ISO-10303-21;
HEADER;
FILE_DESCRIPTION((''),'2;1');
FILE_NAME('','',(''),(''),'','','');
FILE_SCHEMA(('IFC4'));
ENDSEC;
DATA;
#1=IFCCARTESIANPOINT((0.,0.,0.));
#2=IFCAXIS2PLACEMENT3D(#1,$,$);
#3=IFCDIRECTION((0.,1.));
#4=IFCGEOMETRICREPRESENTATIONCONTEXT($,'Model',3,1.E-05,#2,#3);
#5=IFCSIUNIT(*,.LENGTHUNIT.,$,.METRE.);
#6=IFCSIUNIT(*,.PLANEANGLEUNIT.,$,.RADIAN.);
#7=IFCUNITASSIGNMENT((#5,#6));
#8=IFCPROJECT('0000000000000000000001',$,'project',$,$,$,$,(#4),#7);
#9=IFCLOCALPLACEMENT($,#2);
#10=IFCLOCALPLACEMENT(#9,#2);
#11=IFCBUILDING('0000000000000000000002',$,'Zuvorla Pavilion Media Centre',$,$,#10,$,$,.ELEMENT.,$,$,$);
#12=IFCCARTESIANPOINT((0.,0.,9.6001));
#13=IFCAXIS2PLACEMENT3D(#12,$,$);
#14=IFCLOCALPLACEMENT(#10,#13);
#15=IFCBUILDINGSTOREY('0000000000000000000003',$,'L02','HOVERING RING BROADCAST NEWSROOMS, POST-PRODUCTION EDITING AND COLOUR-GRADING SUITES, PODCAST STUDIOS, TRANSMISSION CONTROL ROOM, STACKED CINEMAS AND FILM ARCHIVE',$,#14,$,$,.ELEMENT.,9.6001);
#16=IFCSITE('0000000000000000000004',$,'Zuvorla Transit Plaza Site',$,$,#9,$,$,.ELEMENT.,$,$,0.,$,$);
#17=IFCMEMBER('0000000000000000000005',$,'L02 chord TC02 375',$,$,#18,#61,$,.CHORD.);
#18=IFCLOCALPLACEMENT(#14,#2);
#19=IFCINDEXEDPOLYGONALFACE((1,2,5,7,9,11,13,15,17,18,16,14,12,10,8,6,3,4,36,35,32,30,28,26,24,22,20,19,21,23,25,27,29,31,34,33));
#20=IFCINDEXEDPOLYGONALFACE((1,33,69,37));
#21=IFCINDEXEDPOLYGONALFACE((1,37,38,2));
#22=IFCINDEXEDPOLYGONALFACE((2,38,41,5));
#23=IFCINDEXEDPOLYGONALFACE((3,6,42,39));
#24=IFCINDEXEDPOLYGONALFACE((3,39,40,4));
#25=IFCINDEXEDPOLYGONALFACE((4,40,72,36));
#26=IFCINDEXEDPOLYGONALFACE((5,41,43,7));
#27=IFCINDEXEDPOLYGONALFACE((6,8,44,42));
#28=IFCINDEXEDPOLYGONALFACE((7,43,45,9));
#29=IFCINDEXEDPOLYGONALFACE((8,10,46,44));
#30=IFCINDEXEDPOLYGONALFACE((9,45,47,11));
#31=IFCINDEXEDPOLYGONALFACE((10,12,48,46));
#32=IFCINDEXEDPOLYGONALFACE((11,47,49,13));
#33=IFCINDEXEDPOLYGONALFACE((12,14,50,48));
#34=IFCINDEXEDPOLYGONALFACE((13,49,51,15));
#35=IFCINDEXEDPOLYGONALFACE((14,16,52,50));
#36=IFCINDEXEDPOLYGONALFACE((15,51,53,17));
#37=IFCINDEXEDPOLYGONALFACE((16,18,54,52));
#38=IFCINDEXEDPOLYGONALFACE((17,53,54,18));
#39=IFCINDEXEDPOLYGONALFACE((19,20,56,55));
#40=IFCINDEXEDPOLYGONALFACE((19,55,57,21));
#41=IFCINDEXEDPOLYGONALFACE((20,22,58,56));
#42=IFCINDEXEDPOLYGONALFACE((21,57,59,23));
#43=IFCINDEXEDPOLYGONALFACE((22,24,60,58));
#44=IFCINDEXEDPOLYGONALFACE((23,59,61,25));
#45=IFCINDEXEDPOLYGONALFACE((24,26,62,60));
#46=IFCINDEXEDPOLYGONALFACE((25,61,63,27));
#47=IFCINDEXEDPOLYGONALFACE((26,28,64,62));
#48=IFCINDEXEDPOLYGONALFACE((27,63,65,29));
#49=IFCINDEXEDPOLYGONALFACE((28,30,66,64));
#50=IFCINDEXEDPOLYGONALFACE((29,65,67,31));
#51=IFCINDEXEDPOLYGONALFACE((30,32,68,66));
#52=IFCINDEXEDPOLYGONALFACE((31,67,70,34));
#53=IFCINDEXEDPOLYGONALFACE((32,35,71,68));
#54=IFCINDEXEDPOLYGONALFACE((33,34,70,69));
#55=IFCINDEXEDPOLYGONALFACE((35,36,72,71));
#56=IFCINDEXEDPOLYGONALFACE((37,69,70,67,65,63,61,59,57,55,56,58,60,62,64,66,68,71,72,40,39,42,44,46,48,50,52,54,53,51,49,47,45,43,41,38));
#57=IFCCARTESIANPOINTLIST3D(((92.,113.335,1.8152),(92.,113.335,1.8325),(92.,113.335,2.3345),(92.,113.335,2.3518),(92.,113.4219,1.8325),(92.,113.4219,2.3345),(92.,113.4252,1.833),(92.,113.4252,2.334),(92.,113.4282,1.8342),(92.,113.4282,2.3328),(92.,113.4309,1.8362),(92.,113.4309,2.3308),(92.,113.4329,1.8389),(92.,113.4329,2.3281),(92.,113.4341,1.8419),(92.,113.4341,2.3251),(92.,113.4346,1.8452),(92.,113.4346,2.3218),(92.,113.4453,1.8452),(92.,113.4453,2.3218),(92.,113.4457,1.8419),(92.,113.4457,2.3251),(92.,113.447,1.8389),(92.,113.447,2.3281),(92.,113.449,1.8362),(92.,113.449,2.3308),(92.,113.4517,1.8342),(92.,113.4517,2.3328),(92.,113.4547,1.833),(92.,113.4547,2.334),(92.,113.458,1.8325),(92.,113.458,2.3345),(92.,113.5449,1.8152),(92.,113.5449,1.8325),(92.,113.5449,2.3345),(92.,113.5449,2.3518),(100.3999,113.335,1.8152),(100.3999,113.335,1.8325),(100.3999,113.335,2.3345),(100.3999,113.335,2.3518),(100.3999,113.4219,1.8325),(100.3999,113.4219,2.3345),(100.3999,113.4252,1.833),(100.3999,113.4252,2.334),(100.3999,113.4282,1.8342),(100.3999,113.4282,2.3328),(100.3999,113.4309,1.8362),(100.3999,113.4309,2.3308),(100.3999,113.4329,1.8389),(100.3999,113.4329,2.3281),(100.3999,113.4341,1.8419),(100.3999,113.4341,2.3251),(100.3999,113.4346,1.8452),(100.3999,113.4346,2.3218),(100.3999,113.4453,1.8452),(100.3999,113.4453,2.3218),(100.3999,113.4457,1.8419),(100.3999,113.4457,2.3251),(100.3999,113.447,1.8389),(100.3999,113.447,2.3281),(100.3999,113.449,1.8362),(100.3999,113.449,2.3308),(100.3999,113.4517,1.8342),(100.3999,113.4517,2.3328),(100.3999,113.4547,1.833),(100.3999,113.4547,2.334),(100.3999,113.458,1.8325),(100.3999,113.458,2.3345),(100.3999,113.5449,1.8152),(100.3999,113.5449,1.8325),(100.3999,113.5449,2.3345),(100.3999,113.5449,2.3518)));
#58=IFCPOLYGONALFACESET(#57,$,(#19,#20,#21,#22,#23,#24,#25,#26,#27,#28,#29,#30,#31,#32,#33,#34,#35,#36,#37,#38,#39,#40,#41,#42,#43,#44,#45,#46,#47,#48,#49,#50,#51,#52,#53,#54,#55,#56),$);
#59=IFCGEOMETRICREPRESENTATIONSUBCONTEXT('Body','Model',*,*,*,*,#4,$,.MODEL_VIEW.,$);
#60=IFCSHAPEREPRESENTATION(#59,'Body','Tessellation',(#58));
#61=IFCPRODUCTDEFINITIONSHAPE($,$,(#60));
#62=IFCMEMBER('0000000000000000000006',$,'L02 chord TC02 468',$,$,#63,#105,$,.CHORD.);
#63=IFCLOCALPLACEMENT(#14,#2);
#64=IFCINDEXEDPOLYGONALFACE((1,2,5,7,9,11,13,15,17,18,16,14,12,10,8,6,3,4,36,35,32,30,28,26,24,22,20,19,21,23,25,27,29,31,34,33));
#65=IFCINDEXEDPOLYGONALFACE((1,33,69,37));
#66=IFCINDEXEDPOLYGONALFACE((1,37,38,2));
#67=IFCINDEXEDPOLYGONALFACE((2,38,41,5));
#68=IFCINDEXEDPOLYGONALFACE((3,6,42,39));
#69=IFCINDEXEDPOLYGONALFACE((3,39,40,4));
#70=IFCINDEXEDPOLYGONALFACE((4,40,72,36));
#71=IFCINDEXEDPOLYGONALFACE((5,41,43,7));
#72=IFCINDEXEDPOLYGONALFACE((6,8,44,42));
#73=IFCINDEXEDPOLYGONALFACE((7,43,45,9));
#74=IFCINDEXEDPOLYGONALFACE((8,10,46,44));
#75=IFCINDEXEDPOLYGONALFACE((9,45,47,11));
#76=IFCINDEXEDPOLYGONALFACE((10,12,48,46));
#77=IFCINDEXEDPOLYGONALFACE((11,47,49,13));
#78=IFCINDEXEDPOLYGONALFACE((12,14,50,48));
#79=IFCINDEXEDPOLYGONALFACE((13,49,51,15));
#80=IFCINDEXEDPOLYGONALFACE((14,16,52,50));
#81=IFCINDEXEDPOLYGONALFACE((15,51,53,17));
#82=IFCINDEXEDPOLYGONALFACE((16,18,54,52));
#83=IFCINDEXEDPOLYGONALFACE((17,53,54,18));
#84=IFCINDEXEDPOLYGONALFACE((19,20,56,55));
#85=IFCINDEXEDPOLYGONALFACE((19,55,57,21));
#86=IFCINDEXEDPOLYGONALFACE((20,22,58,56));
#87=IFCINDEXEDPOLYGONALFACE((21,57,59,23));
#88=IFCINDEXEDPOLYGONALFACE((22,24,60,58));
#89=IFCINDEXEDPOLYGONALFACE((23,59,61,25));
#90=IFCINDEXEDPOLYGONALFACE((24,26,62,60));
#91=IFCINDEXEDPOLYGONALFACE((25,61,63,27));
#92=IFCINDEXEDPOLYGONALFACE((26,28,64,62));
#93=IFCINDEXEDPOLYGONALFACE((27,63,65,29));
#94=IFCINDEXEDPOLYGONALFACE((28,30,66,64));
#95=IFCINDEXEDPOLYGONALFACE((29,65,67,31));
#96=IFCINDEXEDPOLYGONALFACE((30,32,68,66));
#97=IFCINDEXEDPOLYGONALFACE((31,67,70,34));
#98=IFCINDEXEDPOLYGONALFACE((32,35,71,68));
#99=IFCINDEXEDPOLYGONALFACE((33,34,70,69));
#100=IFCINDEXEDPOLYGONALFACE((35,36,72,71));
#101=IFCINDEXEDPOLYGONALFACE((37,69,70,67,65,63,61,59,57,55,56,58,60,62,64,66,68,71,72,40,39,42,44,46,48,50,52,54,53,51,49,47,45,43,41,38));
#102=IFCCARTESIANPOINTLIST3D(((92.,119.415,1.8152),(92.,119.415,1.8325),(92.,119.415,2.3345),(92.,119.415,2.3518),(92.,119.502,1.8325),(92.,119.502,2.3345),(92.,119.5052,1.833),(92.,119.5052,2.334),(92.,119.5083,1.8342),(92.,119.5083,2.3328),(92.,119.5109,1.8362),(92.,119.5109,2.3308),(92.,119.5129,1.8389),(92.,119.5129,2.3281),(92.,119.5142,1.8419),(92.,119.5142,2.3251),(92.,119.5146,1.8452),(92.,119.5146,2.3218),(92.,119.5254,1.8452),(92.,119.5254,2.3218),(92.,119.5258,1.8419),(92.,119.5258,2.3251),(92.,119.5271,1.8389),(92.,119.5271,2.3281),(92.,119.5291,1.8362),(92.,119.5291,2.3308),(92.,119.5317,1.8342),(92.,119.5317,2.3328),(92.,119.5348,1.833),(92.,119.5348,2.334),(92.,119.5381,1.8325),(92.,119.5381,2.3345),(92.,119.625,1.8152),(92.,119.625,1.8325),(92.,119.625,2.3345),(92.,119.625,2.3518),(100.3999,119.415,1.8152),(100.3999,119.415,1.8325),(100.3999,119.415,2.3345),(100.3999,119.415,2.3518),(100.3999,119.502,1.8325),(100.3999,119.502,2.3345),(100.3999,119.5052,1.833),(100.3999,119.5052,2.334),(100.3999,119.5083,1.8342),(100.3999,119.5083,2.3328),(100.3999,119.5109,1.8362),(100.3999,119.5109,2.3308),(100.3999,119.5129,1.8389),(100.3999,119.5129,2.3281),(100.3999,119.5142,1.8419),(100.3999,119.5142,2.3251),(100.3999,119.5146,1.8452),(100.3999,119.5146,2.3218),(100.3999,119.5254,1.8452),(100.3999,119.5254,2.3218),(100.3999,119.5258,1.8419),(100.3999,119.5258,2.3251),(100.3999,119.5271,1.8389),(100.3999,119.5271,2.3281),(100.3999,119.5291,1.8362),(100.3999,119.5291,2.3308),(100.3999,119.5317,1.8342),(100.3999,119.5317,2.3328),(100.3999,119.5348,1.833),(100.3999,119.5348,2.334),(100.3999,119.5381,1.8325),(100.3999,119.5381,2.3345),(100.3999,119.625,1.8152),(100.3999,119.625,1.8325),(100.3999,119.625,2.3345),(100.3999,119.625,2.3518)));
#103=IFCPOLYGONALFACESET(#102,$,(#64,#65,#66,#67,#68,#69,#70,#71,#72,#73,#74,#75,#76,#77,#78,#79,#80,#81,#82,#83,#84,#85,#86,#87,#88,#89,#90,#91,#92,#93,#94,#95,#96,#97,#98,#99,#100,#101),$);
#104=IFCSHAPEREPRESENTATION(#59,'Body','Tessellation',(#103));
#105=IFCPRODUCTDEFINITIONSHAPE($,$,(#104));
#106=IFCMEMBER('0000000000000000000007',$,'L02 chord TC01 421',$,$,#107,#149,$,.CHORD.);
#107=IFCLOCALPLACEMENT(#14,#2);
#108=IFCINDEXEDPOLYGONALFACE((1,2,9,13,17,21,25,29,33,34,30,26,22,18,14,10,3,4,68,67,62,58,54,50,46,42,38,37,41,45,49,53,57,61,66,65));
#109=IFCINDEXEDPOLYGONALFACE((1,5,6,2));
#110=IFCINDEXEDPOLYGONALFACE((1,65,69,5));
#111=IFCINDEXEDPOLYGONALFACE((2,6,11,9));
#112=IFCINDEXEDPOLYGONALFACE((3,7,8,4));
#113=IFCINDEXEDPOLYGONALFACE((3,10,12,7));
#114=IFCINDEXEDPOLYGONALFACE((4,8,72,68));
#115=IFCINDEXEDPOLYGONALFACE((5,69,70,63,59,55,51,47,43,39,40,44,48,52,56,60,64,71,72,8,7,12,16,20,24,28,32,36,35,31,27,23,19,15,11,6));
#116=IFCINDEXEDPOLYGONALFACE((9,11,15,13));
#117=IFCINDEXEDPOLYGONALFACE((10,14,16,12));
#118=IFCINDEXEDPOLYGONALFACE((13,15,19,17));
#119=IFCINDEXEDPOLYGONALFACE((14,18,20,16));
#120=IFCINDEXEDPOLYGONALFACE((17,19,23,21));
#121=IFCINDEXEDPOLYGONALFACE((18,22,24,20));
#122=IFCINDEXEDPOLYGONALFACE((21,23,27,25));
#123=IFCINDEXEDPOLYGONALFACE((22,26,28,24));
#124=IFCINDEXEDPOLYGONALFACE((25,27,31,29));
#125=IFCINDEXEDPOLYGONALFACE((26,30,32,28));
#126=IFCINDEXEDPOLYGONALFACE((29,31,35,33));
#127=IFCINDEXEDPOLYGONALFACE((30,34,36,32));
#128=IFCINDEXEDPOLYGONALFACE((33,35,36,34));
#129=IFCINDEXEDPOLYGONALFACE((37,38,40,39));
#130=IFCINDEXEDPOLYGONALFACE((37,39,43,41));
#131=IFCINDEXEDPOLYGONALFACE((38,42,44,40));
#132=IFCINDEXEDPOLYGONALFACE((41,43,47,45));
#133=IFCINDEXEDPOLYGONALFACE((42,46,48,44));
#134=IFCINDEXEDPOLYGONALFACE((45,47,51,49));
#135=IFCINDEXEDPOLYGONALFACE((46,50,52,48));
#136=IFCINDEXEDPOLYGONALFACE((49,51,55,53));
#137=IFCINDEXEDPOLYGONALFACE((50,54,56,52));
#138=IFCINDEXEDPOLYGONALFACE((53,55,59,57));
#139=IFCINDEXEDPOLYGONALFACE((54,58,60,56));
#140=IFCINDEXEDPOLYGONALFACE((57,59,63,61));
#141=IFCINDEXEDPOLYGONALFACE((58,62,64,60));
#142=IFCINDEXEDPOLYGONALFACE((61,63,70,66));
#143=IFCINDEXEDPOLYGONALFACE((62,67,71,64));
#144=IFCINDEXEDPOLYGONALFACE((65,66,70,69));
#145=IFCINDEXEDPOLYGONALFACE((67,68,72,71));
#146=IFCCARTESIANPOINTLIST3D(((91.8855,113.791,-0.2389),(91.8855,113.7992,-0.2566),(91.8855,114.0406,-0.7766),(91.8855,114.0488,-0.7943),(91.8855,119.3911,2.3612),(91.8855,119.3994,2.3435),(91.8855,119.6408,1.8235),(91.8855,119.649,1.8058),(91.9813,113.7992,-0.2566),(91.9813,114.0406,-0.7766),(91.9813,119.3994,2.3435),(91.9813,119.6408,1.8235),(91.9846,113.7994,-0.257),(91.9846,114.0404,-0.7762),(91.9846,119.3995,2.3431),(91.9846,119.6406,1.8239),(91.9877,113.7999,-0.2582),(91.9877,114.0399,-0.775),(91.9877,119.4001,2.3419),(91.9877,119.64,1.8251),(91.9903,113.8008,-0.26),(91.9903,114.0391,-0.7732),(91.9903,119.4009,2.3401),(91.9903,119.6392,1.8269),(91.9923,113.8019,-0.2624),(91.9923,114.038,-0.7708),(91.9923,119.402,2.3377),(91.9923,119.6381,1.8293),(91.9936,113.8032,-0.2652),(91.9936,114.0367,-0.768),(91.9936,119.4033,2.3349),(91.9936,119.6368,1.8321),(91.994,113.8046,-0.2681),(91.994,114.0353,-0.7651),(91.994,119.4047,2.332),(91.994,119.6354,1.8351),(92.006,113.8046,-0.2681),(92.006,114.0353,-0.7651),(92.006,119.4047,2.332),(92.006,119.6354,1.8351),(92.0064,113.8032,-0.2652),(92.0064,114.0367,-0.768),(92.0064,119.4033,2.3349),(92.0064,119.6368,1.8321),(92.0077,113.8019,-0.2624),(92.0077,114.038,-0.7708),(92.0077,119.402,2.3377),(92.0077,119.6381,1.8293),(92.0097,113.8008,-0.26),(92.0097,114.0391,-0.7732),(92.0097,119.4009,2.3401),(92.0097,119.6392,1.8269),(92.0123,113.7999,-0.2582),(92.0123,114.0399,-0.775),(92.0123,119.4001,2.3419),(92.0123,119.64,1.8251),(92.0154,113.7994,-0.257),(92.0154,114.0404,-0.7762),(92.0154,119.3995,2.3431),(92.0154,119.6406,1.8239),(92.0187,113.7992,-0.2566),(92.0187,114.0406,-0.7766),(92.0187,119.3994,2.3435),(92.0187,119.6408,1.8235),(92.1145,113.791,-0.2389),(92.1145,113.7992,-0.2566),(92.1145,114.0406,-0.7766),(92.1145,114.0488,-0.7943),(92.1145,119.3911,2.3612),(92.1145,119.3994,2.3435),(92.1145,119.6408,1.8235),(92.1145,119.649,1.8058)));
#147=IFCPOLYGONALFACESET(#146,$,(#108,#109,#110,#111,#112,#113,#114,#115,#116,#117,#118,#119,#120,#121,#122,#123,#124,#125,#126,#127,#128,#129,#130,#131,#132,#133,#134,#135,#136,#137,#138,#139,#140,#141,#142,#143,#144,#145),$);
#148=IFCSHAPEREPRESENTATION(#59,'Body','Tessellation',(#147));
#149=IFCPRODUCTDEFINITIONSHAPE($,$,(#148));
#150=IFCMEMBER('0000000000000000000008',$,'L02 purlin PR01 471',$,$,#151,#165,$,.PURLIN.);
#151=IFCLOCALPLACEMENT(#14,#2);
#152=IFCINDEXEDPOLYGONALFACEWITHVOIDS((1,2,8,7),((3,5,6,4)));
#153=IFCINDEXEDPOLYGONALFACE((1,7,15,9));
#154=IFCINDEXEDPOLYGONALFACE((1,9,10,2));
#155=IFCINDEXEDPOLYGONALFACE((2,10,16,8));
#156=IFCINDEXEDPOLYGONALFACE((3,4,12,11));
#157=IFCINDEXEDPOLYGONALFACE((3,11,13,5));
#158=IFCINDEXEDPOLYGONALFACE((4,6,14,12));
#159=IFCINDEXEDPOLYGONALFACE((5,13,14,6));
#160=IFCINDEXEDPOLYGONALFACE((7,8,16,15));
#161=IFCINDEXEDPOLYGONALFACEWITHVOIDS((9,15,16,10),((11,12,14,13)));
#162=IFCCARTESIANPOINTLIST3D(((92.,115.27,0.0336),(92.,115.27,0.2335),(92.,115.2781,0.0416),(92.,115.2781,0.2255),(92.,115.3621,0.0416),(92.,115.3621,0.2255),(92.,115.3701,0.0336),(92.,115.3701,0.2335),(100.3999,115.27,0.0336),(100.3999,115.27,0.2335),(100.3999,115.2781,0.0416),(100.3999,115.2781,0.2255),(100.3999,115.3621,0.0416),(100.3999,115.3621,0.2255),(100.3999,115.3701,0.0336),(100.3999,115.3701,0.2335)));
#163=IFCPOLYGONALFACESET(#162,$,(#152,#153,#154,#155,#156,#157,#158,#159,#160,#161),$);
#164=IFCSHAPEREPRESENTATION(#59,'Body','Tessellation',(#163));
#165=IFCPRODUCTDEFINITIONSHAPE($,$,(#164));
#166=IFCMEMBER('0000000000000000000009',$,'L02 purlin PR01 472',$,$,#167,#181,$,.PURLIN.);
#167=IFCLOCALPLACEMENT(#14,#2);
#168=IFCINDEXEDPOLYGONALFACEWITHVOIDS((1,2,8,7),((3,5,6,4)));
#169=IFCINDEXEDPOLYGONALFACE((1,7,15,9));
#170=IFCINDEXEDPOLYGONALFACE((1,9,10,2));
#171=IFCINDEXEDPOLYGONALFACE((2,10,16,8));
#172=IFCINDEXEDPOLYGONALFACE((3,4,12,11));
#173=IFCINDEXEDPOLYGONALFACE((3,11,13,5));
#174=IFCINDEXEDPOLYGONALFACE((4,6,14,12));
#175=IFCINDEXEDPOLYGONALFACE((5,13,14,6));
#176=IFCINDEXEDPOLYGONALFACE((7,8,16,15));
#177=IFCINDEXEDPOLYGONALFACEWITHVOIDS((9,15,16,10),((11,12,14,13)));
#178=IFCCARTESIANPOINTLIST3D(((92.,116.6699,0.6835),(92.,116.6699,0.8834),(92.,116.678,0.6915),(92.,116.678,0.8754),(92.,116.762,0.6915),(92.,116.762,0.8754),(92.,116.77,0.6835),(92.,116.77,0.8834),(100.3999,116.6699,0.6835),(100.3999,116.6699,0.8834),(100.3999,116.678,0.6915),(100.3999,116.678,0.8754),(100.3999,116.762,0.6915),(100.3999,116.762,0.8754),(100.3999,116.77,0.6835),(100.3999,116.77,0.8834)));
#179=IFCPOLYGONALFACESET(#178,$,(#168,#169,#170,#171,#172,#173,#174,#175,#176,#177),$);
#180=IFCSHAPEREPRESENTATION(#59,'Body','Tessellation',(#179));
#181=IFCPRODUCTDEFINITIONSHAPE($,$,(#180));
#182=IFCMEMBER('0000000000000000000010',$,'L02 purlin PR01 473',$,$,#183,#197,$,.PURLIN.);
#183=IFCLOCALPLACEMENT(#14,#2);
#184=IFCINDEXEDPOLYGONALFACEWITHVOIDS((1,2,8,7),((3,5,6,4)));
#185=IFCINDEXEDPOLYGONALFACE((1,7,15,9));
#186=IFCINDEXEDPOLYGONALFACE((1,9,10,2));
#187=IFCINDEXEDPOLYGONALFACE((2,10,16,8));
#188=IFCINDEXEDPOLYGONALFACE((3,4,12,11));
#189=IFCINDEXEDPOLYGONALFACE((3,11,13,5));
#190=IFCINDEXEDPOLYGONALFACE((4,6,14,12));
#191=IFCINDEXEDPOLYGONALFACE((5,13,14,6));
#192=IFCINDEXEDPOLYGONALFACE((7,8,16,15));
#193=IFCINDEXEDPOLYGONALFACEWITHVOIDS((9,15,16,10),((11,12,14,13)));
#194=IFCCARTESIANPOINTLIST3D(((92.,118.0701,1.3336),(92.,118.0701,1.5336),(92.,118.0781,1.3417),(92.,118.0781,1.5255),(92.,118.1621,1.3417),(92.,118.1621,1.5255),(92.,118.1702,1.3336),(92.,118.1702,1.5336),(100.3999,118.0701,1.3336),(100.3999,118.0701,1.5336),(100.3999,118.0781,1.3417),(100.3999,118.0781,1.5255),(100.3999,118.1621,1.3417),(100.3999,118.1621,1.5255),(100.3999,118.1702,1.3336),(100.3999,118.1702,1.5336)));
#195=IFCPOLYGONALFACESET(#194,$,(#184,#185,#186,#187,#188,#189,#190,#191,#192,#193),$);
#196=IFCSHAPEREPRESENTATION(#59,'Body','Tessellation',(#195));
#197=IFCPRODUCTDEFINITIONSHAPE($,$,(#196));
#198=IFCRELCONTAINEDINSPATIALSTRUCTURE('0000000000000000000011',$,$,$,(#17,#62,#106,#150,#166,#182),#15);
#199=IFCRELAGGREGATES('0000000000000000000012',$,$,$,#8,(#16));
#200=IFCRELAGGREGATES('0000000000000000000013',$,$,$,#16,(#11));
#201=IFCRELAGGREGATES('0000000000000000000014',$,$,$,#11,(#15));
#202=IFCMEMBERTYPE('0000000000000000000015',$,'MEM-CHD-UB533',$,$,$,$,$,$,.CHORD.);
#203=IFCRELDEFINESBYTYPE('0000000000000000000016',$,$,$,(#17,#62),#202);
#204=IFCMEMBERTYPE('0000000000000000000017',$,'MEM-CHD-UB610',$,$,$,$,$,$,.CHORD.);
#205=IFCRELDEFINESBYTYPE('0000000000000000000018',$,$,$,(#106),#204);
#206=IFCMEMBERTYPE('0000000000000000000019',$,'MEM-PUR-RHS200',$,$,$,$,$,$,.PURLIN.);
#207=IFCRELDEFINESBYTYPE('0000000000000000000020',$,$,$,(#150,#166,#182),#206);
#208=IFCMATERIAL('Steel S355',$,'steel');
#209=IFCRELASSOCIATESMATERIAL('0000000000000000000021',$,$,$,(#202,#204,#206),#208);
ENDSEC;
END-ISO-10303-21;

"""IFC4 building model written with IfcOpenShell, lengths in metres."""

from ifc_helpers import new_model, si_unit, direction, frame, origin, origin_2d, place, context, subcontext, project, spatial, hollow_rectangle, i_section, extrude, material, material_profile, profile_set, type_object, element, save


model = new_model("IFC4")

# Units and contexts
model_context = context("Model", 3, precision=1e-05, world=origin(), true_north=direction((0.0, 1.0)))
body_context = subcontext(model_context, "Body", "Model", "MODEL_VIEW")
ifc_project = project(units=[si_unit("LENGTHUNIT", "METRE"), si_unit("PLANEANGLEUNIT", "RADIAN")], contexts=[model_context])

# Site, building, storey
site_placement = place(None, origin())
site = spatial("IfcSite", under=ifc_project, at=site_placement, Name="Zuvorla Transit Plaza Site", CompositionType="ELEMENT", RefElevation=0.0)
building_placement = place(site_placement, origin())
building = spatial("IfcBuilding", under=site, at=building_placement, Name="Zuvorla Pavilion Media Centre", CompositionType="ELEMENT")
storey_placement = place(building_placement, frame((0.0, 0.0, 9.6001)))
storey = spatial("IfcBuildingStorey", under=building, at=storey_placement, Name="L02", Description="HOVERING RING BROADCAST NEWSROOMS, POST-PRODUCTION EDITING AND COLOUR-GRADING SUITES, PODCAST STUDIOS, TRANSMISSION CONTROL ROOM, STACKED CINEMAS AND FILM ARCHIVE", CompositionType="ELEMENT", Elevation=9.6001)

# Shared definitions
ifc_material_1 = material(Name="Steel S355", Category="steel")

# Members
ifc_material_profile_1 = material_profile(ifc_material_1, i_section(OverallWidth=0.21, OverallDepth=0.5366, WebThickness=0.0107, FlangeThickness=0.0173, FilletRadius=0.0127, at=origin_2d()), Name="UB 533x210x101")
ifc_profile_set_1 = profile_set([ifc_material_profile_1], Name="Steel S355")
member_type_1 = type_object("IfcMemberType", Name="MEM-CHD-UB533", PredefinedType="CHORD", material=ifc_profile_set_1)
for number, where, z_axis, x_axis, name in (
    (1, (92.0, 113.4399, 2.0835), (1.0, 0.0, 0.0), (0.0, 1.0, 0.0), "L02 chord TC02 375"),
    (2, (92.0, 119.52, 2.0835), (1.0, 0.0, 0.0), (0.0, 1.0, 0.0), "L02 chord TC02 468"),
):
    element("IfcMember", number, at=place(storey_placement, frame(where, z_axis=z_axis, x_axis=x_axis)), inside=storey, type_object=member_type_1, Name=name, PredefinedType="CHORD", context=body_context, shape_type="SweptSolid", body=[
        extrude(i_section(OverallWidth=0.21, OverallDepth=0.5366, WebThickness=0.0107, FlangeThickness=0.0173, FilletRadius=0.0127, at=origin_2d()), origin(), (0.0, 0.0, 1.0), 8.3999),
    ])
ifc_material_profile_2 = material_profile(ifc_material_1, i_section(OverallWidth=0.229, OverallDepth=0.6123, WebThickness=0.012, FlangeThickness=0.0195, FilletRadius=0.0127, at=origin_2d()), Name="UB 610x229x125")
ifc_profile_set_2 = profile_set([ifc_material_profile_2], Name="Steel S355")
member_type_2 = type_object("IfcMemberType", Name="MEM-CHD-UB610", PredefinedType="CHORD", material=ifc_profile_set_2)
member_1_placement = place(storey_placement, frame((92.0, 113.9199, -0.5166), z_axis=(0.0, 0.907006, 0.421118), x_axis=(-1.0, 0.0, 0.0)))
element("IfcMember", 3, at=member_1_placement, inside=storey, type_object=member_type_2, Name="L02 chord TC01 421", PredefinedType="CHORD", context=body_context, shape_type="SweptSolid", body=[
    extrude(i_section(OverallWidth=0.229, OverallDepth=0.6123, WebThickness=0.012, FlangeThickness=0.0195, FilletRadius=0.0127, at=origin_2d()), origin(), (0.0, 0.0, 1.0), 6.1743),
])
ifc_material_profile_3 = material_profile(ifc_material_1, hollow_rectangle(XDim=0.1001, YDim=0.2, WallThickness=0.0081, at=origin_2d()), Name="RHS 200x100x8")
ifc_profile_set_3 = profile_set([ifc_material_profile_3], Name="Steel S355")
member_type_3 = type_object("IfcMemberType", Name="MEM-PUR-RHS200", PredefinedType="PURLIN", material=ifc_profile_set_3)
for number, where, z_axis, x_axis, name in (
    (4, (92.0, 115.3201, 0.1335), (1.0, 0.0, 0.0), (0.0, 1.0, 0.0), "L02 purlin PR01 471"),
    (5, (92.0, 116.72, 0.7834), (1.0, 0.0, 0.0), (0.0, 1.0, 0.0), "L02 purlin PR01 472"),
    (6, (92.0, 118.1201, 1.4336), (1.0, 0.0, 0.0), (0.0, 1.0, 0.0), "L02 purlin PR01 473"),
):
    element("IfcMember", number, at=place(storey_placement, frame(where, z_axis=z_axis, x_axis=x_axis)), inside=storey, type_object=member_type_3, Name=name, PredefinedType="PURLIN", context=body_context, shape_type="SweptSolid", body=[
        extrude(hollow_rectangle(XDim=0.1001, YDim=0.2, WallThickness=0.0081, at=origin_2d()), origin(), (0.0, 0.0, 1.0), 8.3999),
    ])

save(model, "model.ifc")
